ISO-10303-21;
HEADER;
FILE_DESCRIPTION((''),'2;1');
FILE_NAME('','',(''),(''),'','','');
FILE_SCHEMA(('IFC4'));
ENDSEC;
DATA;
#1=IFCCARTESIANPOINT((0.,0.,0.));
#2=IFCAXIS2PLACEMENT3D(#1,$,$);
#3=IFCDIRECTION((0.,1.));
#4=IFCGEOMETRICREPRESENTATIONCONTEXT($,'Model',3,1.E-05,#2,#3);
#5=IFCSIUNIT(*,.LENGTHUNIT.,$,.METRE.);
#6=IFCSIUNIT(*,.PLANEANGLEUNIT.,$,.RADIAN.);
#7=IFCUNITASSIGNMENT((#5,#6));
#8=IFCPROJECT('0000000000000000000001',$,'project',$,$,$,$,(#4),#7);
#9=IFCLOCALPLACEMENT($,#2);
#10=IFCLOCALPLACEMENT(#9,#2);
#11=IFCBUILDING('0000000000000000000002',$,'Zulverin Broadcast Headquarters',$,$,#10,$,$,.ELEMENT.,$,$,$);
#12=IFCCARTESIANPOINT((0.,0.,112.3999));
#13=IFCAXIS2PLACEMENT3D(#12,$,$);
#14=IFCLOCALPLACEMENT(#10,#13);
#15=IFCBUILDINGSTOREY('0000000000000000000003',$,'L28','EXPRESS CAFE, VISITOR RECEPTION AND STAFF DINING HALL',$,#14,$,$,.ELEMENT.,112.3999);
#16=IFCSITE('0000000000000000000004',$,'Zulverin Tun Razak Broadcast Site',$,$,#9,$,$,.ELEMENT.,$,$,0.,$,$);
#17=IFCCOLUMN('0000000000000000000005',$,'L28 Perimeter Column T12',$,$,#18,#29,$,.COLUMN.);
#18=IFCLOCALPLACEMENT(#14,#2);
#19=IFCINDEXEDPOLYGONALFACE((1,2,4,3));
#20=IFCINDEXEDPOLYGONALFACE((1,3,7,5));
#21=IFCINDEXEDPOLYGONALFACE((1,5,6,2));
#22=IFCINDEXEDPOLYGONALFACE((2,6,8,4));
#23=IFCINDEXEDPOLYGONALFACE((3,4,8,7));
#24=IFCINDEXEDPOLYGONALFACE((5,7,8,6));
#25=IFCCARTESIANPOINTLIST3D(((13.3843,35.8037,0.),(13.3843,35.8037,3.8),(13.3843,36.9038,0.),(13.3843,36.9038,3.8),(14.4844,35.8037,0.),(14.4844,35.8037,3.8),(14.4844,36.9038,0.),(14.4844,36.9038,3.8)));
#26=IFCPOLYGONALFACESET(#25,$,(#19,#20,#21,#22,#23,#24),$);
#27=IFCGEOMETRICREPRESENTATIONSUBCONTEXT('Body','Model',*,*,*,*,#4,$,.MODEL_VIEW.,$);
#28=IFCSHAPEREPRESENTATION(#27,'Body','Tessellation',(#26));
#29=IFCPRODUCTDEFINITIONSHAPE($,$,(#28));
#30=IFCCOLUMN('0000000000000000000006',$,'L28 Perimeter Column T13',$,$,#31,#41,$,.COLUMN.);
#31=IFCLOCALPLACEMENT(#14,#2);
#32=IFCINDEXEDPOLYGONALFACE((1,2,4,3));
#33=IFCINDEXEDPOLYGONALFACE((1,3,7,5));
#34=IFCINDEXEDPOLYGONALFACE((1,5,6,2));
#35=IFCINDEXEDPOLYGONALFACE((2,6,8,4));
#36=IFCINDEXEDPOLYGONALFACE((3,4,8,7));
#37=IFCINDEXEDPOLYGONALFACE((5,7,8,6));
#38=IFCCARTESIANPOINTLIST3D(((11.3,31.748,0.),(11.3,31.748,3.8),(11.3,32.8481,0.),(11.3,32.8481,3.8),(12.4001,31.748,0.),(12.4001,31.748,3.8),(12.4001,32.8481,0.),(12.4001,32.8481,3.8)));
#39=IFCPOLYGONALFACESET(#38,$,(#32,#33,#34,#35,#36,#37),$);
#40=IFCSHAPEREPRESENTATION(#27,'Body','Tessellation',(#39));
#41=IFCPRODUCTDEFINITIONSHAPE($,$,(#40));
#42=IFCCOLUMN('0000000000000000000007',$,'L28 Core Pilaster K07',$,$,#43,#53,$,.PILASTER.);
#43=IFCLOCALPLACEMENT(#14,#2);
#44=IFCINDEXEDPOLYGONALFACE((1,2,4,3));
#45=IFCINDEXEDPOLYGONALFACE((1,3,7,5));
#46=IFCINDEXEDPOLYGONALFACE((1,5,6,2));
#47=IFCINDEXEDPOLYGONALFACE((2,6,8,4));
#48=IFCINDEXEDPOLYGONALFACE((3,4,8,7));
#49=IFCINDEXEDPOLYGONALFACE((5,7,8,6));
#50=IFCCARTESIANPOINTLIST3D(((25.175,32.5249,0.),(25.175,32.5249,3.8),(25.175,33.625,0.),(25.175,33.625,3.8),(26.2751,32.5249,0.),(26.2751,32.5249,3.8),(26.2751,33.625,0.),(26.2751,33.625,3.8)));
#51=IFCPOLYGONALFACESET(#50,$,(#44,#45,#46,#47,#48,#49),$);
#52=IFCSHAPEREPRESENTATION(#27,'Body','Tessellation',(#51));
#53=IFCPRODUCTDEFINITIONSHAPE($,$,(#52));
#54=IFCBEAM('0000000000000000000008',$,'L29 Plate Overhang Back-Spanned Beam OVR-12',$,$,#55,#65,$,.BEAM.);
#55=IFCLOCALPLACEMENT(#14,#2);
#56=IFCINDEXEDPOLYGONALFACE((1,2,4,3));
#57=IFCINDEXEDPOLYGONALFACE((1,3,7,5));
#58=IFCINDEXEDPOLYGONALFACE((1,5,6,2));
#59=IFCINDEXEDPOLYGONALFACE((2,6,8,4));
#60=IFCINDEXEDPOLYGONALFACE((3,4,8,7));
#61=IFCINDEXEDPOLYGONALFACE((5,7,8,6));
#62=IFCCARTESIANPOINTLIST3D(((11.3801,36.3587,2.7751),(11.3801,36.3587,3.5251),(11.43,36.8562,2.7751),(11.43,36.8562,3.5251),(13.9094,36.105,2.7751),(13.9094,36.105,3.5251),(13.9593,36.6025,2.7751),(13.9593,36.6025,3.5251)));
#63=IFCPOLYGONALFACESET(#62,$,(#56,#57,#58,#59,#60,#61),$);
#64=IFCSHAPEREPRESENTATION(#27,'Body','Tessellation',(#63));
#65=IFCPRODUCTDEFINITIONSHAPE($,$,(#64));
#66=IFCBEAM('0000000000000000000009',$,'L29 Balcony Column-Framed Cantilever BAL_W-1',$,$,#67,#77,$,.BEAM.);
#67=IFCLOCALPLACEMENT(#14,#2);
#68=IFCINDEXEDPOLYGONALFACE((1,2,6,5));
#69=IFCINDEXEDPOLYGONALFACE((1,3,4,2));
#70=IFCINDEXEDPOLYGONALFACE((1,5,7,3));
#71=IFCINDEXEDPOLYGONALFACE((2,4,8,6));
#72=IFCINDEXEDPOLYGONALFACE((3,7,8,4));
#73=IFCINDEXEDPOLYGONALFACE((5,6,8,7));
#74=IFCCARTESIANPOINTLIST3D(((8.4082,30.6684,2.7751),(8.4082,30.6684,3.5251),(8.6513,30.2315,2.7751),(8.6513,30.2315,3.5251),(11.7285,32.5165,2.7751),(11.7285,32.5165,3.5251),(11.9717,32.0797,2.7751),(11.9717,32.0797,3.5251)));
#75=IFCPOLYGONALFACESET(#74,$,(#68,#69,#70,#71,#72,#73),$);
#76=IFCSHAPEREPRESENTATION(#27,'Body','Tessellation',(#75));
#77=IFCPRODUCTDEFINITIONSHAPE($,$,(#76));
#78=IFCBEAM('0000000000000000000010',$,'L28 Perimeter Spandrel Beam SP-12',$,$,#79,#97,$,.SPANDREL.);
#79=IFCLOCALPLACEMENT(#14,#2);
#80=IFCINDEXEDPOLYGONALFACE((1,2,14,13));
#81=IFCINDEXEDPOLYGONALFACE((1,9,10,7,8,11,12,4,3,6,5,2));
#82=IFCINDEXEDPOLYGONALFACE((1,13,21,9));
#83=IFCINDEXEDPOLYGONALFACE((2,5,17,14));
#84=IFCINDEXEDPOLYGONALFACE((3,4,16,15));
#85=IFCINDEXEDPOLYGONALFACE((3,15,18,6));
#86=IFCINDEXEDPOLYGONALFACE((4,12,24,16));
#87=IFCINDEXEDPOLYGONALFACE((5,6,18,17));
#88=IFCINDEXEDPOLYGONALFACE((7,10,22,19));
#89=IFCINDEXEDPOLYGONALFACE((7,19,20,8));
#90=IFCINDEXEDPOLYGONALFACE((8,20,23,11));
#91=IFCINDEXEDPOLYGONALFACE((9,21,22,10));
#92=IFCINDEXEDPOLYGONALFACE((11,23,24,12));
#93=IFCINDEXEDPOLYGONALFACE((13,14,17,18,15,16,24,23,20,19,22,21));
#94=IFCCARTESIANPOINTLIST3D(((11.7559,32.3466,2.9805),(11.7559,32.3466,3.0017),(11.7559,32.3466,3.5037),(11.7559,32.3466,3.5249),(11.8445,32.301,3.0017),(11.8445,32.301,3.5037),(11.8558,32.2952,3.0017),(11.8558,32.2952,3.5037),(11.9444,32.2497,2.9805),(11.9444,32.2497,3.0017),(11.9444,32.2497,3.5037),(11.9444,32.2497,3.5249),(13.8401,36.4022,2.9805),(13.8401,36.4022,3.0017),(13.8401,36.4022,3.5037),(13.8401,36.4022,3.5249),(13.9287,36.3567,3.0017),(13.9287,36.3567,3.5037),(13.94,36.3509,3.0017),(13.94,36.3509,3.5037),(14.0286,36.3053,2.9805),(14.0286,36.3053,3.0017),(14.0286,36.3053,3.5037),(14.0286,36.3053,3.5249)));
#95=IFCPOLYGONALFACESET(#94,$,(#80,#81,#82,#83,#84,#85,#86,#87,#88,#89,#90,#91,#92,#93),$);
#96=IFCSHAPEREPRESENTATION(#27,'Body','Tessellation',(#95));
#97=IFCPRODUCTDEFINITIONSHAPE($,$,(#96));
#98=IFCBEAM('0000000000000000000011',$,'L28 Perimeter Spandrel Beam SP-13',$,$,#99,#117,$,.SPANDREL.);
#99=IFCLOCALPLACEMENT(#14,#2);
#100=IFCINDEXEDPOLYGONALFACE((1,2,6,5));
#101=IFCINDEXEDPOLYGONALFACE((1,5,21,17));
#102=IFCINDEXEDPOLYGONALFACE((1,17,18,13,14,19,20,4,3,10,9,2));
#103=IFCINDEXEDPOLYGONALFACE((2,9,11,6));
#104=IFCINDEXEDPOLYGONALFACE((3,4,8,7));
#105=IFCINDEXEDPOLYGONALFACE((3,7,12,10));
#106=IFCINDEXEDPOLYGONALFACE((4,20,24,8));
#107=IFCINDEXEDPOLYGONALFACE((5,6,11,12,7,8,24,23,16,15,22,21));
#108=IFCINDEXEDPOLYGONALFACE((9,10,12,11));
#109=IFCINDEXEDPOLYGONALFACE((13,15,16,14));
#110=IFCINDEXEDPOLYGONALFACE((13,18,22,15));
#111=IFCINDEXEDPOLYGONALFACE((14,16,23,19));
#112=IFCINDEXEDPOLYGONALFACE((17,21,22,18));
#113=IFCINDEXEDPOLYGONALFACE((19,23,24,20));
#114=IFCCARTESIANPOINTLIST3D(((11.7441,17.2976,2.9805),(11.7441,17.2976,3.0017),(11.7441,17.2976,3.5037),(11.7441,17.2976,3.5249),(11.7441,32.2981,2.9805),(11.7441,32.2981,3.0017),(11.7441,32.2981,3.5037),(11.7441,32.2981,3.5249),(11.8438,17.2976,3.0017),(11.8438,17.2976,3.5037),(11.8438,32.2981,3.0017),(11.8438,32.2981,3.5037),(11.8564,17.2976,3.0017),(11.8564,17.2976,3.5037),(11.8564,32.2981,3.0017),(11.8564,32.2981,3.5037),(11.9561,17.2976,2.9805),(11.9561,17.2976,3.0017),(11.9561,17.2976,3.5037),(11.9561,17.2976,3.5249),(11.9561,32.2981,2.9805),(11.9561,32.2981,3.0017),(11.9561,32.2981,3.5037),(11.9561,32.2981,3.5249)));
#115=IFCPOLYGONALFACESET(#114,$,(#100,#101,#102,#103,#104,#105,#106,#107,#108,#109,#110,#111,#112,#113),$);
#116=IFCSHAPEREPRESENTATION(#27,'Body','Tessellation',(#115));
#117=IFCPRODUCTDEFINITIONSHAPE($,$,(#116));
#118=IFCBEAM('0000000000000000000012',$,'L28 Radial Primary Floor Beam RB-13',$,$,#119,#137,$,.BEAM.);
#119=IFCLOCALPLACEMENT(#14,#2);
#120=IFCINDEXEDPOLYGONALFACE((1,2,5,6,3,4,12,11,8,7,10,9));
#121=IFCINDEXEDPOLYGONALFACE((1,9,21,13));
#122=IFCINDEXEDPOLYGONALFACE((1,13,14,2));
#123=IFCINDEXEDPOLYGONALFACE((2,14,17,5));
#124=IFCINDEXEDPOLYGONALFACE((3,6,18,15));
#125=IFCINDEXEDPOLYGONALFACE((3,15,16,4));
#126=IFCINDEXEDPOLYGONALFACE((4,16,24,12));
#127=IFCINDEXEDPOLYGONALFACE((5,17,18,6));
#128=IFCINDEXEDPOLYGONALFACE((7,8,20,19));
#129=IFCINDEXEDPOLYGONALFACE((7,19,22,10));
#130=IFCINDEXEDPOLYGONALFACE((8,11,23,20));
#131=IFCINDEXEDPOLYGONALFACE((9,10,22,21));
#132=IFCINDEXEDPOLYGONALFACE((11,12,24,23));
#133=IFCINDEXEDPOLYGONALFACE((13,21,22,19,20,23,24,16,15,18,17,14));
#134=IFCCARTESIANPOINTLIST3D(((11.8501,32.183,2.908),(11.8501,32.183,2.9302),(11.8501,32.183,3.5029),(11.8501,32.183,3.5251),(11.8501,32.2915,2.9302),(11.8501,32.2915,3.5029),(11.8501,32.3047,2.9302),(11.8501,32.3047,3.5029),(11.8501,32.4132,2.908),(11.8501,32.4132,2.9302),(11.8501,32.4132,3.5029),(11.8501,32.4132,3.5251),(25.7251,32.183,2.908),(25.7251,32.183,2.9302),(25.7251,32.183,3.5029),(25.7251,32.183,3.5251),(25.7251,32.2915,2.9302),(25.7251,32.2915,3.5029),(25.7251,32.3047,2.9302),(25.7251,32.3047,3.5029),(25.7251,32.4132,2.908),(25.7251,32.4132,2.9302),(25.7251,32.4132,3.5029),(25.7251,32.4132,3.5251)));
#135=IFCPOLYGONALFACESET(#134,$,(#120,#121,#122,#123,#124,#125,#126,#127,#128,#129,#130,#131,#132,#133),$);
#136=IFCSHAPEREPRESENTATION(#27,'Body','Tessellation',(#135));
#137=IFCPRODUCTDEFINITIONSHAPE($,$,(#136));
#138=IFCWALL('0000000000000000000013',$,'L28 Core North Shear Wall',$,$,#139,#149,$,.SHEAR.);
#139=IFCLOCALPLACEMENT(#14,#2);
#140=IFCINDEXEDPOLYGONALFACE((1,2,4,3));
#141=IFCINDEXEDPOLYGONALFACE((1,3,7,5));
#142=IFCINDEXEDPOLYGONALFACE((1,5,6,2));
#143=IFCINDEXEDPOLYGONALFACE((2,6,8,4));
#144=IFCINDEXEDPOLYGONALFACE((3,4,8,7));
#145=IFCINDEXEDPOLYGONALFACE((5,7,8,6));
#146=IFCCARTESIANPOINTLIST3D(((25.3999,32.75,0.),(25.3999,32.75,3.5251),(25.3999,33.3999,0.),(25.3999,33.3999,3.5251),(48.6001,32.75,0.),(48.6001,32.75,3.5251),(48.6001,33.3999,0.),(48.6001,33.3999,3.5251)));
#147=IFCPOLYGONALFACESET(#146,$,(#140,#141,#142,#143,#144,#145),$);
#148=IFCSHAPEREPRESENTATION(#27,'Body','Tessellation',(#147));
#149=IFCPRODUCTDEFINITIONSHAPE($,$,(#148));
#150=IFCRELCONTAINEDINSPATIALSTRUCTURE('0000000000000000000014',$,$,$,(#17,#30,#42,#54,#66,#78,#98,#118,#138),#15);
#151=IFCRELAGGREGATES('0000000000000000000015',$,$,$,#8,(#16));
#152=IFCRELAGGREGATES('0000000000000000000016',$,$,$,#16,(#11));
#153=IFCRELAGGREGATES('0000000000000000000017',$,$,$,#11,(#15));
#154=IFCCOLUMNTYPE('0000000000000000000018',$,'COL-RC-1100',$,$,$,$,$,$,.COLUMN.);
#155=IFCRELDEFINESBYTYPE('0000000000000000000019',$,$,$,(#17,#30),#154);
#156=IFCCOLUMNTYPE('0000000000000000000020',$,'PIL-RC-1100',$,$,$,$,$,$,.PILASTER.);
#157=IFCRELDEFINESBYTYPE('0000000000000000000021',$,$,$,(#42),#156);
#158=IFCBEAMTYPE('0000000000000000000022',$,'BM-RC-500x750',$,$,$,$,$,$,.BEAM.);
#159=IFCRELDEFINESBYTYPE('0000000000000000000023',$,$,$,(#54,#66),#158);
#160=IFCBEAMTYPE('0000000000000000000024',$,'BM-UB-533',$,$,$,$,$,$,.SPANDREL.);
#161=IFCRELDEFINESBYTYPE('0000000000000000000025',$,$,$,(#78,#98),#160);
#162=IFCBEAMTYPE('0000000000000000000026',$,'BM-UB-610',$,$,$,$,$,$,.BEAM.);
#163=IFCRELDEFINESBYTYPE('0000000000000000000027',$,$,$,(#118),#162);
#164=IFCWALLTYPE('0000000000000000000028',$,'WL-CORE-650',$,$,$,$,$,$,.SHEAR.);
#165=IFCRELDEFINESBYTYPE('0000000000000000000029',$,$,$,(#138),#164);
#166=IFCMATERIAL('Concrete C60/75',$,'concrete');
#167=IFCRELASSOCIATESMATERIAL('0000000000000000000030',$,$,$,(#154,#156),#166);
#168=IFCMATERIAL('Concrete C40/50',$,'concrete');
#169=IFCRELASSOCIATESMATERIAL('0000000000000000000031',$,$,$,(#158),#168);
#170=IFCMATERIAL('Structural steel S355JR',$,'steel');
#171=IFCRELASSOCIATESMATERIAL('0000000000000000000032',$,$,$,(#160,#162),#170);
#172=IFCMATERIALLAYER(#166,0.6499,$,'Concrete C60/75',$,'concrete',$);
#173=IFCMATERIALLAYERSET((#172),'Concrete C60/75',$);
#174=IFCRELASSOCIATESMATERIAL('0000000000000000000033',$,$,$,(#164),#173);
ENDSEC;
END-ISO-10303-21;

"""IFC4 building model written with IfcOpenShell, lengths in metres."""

from ifc_helpers import new_model, si_unit, direction, frame, frame_2d, origin, origin_2d, place, context, subcontext, project, spatial, rectangle, i_section, extrude, material, layer, layer_set, material_profile, profile_set, type_object, element, save


model = new_model("IFC4")

# Units and contexts
model_context = context("Model", 3, precision=1e-05, world=origin(), true_north=direction((0.0, 1.0)))
body_context = subcontext(model_context, "Body", "Model", "MODEL_VIEW")
ifc_project = project(units=[si_unit("LENGTHUNIT", "METRE"), si_unit("PLANEANGLEUNIT", "RADIAN")], contexts=[model_context])

# Site, building, storey
site_placement = place(None, origin())
site = spatial("IfcSite", under=ifc_project, at=site_placement, Name="Zulverin Tun Razak Broadcast Site", CompositionType="ELEMENT", RefElevation=0.0)
building_placement = place(site_placement, origin())
building = spatial("IfcBuilding", under=site, at=building_placement, Name="Zulverin Broadcast Headquarters", CompositionType="ELEMENT")
storey_placement = place(building_placement, frame((0.0, 0.0, 112.3999)))
storey = spatial("IfcBuildingStorey", under=building, at=storey_placement, Name="L28", Description="EXPRESS CAFE, VISITOR RECEPTION AND STAFF DINING HALL", CompositionType="ELEMENT", Elevation=112.3999)

# Columns
ifc_material_1 = material(Name="Concrete C60/75", Category="concrete")
ifc_material_profile_1 = material_profile(ifc_material_1, rectangle(XDim=1.1001, YDim=1.1001, at=origin_2d()), Name="Concrete C60/75", Category="concrete")
ifc_profile_set_1 = profile_set([ifc_material_profile_1], Name="Concrete C60/75")
column_type_1 = type_object("IfcColumnType", Name="COL-RC-1100", PredefinedType="COLUMN", material=ifc_profile_set_1)
for number, where, z_axis, x_axis, name in (
    (1, (13.9343, 36.3538, 0.0), (0.0, 0.0, 1.0), (1.0, 0.0, 0.0), "L28 Perimeter Column T12"),
    (2, (11.8501, 32.2981, 0.0), (0.0, 0.0, 1.0), (1.0, 0.0, 0.0), "L28 Perimeter Column T13"),
):
    element("IfcColumn", number, at=place(storey_placement, frame(where, z_axis=z_axis, x_axis=x_axis)), inside=storey, type_object=column_type_1, Name=name, PredefinedType="COLUMN", context=body_context, shape_type="SweptSolid", body=[
        extrude(rectangle(XDim=1.1001, YDim=1.1001, at=origin_2d()), origin(), (0.0, 0.0, 1.0), 3.8),
    ])
ifc_material_profile_2 = material_profile(ifc_material_1, rectangle(XDim=1.1001, YDim=1.1001, at=origin_2d()), Name="Concrete C60/75", Category="concrete")
ifc_profile_set_2 = profile_set([ifc_material_profile_2], Name="Concrete C60/75")
column_type_2 = type_object("IfcColumnType", Name="PIL-RC-1100", PredefinedType="PILASTER", material=ifc_profile_set_2)
column_placement = place(storey_placement, frame((25.7251, 33.075, 0.0), z_axis=(0.0, 0.0, 1.0), x_axis=(1.0, 0.0, 0.0)))
element("IfcColumn", 3, at=column_placement, inside=storey, type_object=column_type_2, Name="L28 Core Pilaster K07", PredefinedType="PILASTER", context=body_context, shape_type="SweptSolid", body=[
    extrude(rectangle(XDim=1.1001, YDim=1.1001, at=origin_2d()), origin(), (0.0, 0.0, 1.0), 3.8),
])

# Beams
ifc_material_2 = material(Name="Concrete C40/50", Category="concrete")
ifc_material_profile_3 = material_profile(ifc_material_2, rectangle(XDim=0.5, YDim=0.75, at=origin_2d()), Name="Concrete C40/50", Category="concrete")
ifc_profile_set_3 = profile_set([ifc_material_profile_3], Name="Concrete C40/50")
beam_type_1 = type_object("IfcBeamType", Name="BM-RC-500x750", PredefinedType="BEAM", material=ifc_profile_set_3)
beam_1_placement = place(storey_placement, frame((13.9343, 36.3538, 3.1501), z_axis=(-0.995009, 0.099789, 0.0), x_axis=(-0.099789, -0.995009, 0.0)))
element("IfcBeam", 4, at=beam_1_placement, inside=storey, type_object=beam_type_1, Name="L29 Plate Overhang Back-Spanned Beam OVR-12", PredefinedType="BEAM", context=body_context, shape_type="SweptSolid", body=[
    extrude(rectangle(XDim=0.5, YDim=0.75, at=origin_2d()), origin(), (0.0, 0.0, 1.0), 2.542),
])
beam_2_placement = place(storey_placement, frame((11.8501, 32.2981, 3.1501), z_axis=(-0.873763, -0.486352, 0.0), x_axis=(0.486352, -0.873763, 0.0)))
element("IfcBeam", 5, at=beam_2_placement, inside=storey, type_object=beam_type_1, Name="L29 Balcony Column-Framed Cantilever BAL_W-1", PredefinedType="BEAM", context=body_context, shape_type="SweptSolid", body=[
    extrude(rectangle(XDim=0.5, YDim=0.75, at=origin_2d()), origin(), (0.0, 0.0, 1.0), 3.8),
])
ifc_material_3 = material(Name="Structural steel S355JR", Category="steel")
ifc_material_profile_4 = material_profile(ifc_material_3, i_section(OverallWidth=0.2119, OverallDepth=0.5444, WebThickness=0.0127, FlangeThickness=0.0212, at=origin_2d()), Name="Structural steel S355JR", Category="steel")
ifc_profile_set_4 = profile_set([ifc_material_profile_4], Name="Structural steel S355JR")
beam_type_2 = type_object("IfcBeamType", Name="BM-UB-533", PredefinedType="SPANDREL", material=ifc_profile_set_4)
beam_3_placement = place(storey_placement, frame((13.9343, 36.3538, 3.2527), z_axis=(-0.457081, -0.889425, 0.0), x_axis=(0.889425, -0.457081, 0.0)))
element("IfcBeam", 6, at=beam_3_placement, inside=storey, type_object=beam_type_2, Name="L28 Perimeter Spandrel Beam SP-12", PredefinedType="SPANDREL", context=body_context, shape_type="SweptSolid", body=[
    extrude(i_section(OverallWidth=0.2119, OverallDepth=0.5444, WebThickness=0.0127, FlangeThickness=0.0212, at=origin_2d()), origin(), (0.0, 0.0, 1.0), 4.5598),
])
beam_4_placement = place(storey_placement, frame((11.8501, 32.2981, 3.2527), z_axis=(0.0, -1.0, 0.0), x_axis=(1.0, 0.0, 0.0)))
element("IfcBeam", 7, at=beam_4_placement, inside=storey, type_object=beam_type_2, Name="L28 Perimeter Spandrel Beam SP-13", PredefinedType="SPANDREL", context=body_context, shape_type="SweptSolid", body=[
    extrude(i_section(OverallWidth=0.2119, OverallDepth=0.5444, WebThickness=0.0127, FlangeThickness=0.0212, at=origin_2d()), origin(), (0.0, 0.0, 1.0), 15.0005),
])
ifc_material_profile_5 = material_profile(ifc_material_3, i_section(OverallWidth=0.2302, OverallDepth=0.6172, WebThickness=0.0132, FlangeThickness=0.0222, at=origin_2d()), Name="Structural steel S355JR", Category="steel")
ifc_profile_set_5 = profile_set([ifc_material_profile_5], Name="Structural steel S355JR")
beam_type_3 = type_object("IfcBeamType", Name="BM-UB-610", PredefinedType="BEAM", material=ifc_profile_set_5)
beam_5_placement = place(storey_placement, frame((25.7251, 32.2981, 3.2166), z_axis=(-1.0, 0.0, 0.0), x_axis=(0.0, -1.0, 0.0)))
element("IfcBeam", 8, at=beam_5_placement, inside=storey, type_object=beam_type_3, Name="L28 Radial Primary Floor Beam RB-13", PredefinedType="BEAM", context=body_context, shape_type="SweptSolid", body=[
    extrude(i_section(OverallWidth=0.2302, OverallDepth=0.6172, WebThickness=0.0132, FlangeThickness=0.0222, at=origin_2d()), origin(), (0.0, 0.0, 1.0), 13.875),
])

# Wall
ifc_layer_1 = layer(ifc_material_1, 0.6499, Name="Concrete C60/75", Category="concrete")
ifc_layer_set_1 = layer_set([ifc_layer_1], Name="Concrete C60/75")
wall_type_1 = type_object("IfcWallType", Name="WL-CORE-650", PredefinedType="SHEAR", material=ifc_layer_set_1)
wall_1_placement = place(storey_placement, frame((25.3999, 33.075, 0.0), z_axis=(0.0, 0.0, 1.0), x_axis=(1.0, 0.0, 0.0)))
element("IfcWall", 9, at=wall_1_placement, inside=storey, type_object=wall_type_1, Name="L28 Core North Shear Wall", PredefinedType="SHEAR", context=body_context, shape_type="SweptSolid", body=[
    extrude(rectangle(XDim=23.2002, YDim=0.6499, at=frame_2d((11.6001, 0.0))), origin(), (0.0, 0.0, 1.0), 3.5251),
])

save(model, "model.ifc")
